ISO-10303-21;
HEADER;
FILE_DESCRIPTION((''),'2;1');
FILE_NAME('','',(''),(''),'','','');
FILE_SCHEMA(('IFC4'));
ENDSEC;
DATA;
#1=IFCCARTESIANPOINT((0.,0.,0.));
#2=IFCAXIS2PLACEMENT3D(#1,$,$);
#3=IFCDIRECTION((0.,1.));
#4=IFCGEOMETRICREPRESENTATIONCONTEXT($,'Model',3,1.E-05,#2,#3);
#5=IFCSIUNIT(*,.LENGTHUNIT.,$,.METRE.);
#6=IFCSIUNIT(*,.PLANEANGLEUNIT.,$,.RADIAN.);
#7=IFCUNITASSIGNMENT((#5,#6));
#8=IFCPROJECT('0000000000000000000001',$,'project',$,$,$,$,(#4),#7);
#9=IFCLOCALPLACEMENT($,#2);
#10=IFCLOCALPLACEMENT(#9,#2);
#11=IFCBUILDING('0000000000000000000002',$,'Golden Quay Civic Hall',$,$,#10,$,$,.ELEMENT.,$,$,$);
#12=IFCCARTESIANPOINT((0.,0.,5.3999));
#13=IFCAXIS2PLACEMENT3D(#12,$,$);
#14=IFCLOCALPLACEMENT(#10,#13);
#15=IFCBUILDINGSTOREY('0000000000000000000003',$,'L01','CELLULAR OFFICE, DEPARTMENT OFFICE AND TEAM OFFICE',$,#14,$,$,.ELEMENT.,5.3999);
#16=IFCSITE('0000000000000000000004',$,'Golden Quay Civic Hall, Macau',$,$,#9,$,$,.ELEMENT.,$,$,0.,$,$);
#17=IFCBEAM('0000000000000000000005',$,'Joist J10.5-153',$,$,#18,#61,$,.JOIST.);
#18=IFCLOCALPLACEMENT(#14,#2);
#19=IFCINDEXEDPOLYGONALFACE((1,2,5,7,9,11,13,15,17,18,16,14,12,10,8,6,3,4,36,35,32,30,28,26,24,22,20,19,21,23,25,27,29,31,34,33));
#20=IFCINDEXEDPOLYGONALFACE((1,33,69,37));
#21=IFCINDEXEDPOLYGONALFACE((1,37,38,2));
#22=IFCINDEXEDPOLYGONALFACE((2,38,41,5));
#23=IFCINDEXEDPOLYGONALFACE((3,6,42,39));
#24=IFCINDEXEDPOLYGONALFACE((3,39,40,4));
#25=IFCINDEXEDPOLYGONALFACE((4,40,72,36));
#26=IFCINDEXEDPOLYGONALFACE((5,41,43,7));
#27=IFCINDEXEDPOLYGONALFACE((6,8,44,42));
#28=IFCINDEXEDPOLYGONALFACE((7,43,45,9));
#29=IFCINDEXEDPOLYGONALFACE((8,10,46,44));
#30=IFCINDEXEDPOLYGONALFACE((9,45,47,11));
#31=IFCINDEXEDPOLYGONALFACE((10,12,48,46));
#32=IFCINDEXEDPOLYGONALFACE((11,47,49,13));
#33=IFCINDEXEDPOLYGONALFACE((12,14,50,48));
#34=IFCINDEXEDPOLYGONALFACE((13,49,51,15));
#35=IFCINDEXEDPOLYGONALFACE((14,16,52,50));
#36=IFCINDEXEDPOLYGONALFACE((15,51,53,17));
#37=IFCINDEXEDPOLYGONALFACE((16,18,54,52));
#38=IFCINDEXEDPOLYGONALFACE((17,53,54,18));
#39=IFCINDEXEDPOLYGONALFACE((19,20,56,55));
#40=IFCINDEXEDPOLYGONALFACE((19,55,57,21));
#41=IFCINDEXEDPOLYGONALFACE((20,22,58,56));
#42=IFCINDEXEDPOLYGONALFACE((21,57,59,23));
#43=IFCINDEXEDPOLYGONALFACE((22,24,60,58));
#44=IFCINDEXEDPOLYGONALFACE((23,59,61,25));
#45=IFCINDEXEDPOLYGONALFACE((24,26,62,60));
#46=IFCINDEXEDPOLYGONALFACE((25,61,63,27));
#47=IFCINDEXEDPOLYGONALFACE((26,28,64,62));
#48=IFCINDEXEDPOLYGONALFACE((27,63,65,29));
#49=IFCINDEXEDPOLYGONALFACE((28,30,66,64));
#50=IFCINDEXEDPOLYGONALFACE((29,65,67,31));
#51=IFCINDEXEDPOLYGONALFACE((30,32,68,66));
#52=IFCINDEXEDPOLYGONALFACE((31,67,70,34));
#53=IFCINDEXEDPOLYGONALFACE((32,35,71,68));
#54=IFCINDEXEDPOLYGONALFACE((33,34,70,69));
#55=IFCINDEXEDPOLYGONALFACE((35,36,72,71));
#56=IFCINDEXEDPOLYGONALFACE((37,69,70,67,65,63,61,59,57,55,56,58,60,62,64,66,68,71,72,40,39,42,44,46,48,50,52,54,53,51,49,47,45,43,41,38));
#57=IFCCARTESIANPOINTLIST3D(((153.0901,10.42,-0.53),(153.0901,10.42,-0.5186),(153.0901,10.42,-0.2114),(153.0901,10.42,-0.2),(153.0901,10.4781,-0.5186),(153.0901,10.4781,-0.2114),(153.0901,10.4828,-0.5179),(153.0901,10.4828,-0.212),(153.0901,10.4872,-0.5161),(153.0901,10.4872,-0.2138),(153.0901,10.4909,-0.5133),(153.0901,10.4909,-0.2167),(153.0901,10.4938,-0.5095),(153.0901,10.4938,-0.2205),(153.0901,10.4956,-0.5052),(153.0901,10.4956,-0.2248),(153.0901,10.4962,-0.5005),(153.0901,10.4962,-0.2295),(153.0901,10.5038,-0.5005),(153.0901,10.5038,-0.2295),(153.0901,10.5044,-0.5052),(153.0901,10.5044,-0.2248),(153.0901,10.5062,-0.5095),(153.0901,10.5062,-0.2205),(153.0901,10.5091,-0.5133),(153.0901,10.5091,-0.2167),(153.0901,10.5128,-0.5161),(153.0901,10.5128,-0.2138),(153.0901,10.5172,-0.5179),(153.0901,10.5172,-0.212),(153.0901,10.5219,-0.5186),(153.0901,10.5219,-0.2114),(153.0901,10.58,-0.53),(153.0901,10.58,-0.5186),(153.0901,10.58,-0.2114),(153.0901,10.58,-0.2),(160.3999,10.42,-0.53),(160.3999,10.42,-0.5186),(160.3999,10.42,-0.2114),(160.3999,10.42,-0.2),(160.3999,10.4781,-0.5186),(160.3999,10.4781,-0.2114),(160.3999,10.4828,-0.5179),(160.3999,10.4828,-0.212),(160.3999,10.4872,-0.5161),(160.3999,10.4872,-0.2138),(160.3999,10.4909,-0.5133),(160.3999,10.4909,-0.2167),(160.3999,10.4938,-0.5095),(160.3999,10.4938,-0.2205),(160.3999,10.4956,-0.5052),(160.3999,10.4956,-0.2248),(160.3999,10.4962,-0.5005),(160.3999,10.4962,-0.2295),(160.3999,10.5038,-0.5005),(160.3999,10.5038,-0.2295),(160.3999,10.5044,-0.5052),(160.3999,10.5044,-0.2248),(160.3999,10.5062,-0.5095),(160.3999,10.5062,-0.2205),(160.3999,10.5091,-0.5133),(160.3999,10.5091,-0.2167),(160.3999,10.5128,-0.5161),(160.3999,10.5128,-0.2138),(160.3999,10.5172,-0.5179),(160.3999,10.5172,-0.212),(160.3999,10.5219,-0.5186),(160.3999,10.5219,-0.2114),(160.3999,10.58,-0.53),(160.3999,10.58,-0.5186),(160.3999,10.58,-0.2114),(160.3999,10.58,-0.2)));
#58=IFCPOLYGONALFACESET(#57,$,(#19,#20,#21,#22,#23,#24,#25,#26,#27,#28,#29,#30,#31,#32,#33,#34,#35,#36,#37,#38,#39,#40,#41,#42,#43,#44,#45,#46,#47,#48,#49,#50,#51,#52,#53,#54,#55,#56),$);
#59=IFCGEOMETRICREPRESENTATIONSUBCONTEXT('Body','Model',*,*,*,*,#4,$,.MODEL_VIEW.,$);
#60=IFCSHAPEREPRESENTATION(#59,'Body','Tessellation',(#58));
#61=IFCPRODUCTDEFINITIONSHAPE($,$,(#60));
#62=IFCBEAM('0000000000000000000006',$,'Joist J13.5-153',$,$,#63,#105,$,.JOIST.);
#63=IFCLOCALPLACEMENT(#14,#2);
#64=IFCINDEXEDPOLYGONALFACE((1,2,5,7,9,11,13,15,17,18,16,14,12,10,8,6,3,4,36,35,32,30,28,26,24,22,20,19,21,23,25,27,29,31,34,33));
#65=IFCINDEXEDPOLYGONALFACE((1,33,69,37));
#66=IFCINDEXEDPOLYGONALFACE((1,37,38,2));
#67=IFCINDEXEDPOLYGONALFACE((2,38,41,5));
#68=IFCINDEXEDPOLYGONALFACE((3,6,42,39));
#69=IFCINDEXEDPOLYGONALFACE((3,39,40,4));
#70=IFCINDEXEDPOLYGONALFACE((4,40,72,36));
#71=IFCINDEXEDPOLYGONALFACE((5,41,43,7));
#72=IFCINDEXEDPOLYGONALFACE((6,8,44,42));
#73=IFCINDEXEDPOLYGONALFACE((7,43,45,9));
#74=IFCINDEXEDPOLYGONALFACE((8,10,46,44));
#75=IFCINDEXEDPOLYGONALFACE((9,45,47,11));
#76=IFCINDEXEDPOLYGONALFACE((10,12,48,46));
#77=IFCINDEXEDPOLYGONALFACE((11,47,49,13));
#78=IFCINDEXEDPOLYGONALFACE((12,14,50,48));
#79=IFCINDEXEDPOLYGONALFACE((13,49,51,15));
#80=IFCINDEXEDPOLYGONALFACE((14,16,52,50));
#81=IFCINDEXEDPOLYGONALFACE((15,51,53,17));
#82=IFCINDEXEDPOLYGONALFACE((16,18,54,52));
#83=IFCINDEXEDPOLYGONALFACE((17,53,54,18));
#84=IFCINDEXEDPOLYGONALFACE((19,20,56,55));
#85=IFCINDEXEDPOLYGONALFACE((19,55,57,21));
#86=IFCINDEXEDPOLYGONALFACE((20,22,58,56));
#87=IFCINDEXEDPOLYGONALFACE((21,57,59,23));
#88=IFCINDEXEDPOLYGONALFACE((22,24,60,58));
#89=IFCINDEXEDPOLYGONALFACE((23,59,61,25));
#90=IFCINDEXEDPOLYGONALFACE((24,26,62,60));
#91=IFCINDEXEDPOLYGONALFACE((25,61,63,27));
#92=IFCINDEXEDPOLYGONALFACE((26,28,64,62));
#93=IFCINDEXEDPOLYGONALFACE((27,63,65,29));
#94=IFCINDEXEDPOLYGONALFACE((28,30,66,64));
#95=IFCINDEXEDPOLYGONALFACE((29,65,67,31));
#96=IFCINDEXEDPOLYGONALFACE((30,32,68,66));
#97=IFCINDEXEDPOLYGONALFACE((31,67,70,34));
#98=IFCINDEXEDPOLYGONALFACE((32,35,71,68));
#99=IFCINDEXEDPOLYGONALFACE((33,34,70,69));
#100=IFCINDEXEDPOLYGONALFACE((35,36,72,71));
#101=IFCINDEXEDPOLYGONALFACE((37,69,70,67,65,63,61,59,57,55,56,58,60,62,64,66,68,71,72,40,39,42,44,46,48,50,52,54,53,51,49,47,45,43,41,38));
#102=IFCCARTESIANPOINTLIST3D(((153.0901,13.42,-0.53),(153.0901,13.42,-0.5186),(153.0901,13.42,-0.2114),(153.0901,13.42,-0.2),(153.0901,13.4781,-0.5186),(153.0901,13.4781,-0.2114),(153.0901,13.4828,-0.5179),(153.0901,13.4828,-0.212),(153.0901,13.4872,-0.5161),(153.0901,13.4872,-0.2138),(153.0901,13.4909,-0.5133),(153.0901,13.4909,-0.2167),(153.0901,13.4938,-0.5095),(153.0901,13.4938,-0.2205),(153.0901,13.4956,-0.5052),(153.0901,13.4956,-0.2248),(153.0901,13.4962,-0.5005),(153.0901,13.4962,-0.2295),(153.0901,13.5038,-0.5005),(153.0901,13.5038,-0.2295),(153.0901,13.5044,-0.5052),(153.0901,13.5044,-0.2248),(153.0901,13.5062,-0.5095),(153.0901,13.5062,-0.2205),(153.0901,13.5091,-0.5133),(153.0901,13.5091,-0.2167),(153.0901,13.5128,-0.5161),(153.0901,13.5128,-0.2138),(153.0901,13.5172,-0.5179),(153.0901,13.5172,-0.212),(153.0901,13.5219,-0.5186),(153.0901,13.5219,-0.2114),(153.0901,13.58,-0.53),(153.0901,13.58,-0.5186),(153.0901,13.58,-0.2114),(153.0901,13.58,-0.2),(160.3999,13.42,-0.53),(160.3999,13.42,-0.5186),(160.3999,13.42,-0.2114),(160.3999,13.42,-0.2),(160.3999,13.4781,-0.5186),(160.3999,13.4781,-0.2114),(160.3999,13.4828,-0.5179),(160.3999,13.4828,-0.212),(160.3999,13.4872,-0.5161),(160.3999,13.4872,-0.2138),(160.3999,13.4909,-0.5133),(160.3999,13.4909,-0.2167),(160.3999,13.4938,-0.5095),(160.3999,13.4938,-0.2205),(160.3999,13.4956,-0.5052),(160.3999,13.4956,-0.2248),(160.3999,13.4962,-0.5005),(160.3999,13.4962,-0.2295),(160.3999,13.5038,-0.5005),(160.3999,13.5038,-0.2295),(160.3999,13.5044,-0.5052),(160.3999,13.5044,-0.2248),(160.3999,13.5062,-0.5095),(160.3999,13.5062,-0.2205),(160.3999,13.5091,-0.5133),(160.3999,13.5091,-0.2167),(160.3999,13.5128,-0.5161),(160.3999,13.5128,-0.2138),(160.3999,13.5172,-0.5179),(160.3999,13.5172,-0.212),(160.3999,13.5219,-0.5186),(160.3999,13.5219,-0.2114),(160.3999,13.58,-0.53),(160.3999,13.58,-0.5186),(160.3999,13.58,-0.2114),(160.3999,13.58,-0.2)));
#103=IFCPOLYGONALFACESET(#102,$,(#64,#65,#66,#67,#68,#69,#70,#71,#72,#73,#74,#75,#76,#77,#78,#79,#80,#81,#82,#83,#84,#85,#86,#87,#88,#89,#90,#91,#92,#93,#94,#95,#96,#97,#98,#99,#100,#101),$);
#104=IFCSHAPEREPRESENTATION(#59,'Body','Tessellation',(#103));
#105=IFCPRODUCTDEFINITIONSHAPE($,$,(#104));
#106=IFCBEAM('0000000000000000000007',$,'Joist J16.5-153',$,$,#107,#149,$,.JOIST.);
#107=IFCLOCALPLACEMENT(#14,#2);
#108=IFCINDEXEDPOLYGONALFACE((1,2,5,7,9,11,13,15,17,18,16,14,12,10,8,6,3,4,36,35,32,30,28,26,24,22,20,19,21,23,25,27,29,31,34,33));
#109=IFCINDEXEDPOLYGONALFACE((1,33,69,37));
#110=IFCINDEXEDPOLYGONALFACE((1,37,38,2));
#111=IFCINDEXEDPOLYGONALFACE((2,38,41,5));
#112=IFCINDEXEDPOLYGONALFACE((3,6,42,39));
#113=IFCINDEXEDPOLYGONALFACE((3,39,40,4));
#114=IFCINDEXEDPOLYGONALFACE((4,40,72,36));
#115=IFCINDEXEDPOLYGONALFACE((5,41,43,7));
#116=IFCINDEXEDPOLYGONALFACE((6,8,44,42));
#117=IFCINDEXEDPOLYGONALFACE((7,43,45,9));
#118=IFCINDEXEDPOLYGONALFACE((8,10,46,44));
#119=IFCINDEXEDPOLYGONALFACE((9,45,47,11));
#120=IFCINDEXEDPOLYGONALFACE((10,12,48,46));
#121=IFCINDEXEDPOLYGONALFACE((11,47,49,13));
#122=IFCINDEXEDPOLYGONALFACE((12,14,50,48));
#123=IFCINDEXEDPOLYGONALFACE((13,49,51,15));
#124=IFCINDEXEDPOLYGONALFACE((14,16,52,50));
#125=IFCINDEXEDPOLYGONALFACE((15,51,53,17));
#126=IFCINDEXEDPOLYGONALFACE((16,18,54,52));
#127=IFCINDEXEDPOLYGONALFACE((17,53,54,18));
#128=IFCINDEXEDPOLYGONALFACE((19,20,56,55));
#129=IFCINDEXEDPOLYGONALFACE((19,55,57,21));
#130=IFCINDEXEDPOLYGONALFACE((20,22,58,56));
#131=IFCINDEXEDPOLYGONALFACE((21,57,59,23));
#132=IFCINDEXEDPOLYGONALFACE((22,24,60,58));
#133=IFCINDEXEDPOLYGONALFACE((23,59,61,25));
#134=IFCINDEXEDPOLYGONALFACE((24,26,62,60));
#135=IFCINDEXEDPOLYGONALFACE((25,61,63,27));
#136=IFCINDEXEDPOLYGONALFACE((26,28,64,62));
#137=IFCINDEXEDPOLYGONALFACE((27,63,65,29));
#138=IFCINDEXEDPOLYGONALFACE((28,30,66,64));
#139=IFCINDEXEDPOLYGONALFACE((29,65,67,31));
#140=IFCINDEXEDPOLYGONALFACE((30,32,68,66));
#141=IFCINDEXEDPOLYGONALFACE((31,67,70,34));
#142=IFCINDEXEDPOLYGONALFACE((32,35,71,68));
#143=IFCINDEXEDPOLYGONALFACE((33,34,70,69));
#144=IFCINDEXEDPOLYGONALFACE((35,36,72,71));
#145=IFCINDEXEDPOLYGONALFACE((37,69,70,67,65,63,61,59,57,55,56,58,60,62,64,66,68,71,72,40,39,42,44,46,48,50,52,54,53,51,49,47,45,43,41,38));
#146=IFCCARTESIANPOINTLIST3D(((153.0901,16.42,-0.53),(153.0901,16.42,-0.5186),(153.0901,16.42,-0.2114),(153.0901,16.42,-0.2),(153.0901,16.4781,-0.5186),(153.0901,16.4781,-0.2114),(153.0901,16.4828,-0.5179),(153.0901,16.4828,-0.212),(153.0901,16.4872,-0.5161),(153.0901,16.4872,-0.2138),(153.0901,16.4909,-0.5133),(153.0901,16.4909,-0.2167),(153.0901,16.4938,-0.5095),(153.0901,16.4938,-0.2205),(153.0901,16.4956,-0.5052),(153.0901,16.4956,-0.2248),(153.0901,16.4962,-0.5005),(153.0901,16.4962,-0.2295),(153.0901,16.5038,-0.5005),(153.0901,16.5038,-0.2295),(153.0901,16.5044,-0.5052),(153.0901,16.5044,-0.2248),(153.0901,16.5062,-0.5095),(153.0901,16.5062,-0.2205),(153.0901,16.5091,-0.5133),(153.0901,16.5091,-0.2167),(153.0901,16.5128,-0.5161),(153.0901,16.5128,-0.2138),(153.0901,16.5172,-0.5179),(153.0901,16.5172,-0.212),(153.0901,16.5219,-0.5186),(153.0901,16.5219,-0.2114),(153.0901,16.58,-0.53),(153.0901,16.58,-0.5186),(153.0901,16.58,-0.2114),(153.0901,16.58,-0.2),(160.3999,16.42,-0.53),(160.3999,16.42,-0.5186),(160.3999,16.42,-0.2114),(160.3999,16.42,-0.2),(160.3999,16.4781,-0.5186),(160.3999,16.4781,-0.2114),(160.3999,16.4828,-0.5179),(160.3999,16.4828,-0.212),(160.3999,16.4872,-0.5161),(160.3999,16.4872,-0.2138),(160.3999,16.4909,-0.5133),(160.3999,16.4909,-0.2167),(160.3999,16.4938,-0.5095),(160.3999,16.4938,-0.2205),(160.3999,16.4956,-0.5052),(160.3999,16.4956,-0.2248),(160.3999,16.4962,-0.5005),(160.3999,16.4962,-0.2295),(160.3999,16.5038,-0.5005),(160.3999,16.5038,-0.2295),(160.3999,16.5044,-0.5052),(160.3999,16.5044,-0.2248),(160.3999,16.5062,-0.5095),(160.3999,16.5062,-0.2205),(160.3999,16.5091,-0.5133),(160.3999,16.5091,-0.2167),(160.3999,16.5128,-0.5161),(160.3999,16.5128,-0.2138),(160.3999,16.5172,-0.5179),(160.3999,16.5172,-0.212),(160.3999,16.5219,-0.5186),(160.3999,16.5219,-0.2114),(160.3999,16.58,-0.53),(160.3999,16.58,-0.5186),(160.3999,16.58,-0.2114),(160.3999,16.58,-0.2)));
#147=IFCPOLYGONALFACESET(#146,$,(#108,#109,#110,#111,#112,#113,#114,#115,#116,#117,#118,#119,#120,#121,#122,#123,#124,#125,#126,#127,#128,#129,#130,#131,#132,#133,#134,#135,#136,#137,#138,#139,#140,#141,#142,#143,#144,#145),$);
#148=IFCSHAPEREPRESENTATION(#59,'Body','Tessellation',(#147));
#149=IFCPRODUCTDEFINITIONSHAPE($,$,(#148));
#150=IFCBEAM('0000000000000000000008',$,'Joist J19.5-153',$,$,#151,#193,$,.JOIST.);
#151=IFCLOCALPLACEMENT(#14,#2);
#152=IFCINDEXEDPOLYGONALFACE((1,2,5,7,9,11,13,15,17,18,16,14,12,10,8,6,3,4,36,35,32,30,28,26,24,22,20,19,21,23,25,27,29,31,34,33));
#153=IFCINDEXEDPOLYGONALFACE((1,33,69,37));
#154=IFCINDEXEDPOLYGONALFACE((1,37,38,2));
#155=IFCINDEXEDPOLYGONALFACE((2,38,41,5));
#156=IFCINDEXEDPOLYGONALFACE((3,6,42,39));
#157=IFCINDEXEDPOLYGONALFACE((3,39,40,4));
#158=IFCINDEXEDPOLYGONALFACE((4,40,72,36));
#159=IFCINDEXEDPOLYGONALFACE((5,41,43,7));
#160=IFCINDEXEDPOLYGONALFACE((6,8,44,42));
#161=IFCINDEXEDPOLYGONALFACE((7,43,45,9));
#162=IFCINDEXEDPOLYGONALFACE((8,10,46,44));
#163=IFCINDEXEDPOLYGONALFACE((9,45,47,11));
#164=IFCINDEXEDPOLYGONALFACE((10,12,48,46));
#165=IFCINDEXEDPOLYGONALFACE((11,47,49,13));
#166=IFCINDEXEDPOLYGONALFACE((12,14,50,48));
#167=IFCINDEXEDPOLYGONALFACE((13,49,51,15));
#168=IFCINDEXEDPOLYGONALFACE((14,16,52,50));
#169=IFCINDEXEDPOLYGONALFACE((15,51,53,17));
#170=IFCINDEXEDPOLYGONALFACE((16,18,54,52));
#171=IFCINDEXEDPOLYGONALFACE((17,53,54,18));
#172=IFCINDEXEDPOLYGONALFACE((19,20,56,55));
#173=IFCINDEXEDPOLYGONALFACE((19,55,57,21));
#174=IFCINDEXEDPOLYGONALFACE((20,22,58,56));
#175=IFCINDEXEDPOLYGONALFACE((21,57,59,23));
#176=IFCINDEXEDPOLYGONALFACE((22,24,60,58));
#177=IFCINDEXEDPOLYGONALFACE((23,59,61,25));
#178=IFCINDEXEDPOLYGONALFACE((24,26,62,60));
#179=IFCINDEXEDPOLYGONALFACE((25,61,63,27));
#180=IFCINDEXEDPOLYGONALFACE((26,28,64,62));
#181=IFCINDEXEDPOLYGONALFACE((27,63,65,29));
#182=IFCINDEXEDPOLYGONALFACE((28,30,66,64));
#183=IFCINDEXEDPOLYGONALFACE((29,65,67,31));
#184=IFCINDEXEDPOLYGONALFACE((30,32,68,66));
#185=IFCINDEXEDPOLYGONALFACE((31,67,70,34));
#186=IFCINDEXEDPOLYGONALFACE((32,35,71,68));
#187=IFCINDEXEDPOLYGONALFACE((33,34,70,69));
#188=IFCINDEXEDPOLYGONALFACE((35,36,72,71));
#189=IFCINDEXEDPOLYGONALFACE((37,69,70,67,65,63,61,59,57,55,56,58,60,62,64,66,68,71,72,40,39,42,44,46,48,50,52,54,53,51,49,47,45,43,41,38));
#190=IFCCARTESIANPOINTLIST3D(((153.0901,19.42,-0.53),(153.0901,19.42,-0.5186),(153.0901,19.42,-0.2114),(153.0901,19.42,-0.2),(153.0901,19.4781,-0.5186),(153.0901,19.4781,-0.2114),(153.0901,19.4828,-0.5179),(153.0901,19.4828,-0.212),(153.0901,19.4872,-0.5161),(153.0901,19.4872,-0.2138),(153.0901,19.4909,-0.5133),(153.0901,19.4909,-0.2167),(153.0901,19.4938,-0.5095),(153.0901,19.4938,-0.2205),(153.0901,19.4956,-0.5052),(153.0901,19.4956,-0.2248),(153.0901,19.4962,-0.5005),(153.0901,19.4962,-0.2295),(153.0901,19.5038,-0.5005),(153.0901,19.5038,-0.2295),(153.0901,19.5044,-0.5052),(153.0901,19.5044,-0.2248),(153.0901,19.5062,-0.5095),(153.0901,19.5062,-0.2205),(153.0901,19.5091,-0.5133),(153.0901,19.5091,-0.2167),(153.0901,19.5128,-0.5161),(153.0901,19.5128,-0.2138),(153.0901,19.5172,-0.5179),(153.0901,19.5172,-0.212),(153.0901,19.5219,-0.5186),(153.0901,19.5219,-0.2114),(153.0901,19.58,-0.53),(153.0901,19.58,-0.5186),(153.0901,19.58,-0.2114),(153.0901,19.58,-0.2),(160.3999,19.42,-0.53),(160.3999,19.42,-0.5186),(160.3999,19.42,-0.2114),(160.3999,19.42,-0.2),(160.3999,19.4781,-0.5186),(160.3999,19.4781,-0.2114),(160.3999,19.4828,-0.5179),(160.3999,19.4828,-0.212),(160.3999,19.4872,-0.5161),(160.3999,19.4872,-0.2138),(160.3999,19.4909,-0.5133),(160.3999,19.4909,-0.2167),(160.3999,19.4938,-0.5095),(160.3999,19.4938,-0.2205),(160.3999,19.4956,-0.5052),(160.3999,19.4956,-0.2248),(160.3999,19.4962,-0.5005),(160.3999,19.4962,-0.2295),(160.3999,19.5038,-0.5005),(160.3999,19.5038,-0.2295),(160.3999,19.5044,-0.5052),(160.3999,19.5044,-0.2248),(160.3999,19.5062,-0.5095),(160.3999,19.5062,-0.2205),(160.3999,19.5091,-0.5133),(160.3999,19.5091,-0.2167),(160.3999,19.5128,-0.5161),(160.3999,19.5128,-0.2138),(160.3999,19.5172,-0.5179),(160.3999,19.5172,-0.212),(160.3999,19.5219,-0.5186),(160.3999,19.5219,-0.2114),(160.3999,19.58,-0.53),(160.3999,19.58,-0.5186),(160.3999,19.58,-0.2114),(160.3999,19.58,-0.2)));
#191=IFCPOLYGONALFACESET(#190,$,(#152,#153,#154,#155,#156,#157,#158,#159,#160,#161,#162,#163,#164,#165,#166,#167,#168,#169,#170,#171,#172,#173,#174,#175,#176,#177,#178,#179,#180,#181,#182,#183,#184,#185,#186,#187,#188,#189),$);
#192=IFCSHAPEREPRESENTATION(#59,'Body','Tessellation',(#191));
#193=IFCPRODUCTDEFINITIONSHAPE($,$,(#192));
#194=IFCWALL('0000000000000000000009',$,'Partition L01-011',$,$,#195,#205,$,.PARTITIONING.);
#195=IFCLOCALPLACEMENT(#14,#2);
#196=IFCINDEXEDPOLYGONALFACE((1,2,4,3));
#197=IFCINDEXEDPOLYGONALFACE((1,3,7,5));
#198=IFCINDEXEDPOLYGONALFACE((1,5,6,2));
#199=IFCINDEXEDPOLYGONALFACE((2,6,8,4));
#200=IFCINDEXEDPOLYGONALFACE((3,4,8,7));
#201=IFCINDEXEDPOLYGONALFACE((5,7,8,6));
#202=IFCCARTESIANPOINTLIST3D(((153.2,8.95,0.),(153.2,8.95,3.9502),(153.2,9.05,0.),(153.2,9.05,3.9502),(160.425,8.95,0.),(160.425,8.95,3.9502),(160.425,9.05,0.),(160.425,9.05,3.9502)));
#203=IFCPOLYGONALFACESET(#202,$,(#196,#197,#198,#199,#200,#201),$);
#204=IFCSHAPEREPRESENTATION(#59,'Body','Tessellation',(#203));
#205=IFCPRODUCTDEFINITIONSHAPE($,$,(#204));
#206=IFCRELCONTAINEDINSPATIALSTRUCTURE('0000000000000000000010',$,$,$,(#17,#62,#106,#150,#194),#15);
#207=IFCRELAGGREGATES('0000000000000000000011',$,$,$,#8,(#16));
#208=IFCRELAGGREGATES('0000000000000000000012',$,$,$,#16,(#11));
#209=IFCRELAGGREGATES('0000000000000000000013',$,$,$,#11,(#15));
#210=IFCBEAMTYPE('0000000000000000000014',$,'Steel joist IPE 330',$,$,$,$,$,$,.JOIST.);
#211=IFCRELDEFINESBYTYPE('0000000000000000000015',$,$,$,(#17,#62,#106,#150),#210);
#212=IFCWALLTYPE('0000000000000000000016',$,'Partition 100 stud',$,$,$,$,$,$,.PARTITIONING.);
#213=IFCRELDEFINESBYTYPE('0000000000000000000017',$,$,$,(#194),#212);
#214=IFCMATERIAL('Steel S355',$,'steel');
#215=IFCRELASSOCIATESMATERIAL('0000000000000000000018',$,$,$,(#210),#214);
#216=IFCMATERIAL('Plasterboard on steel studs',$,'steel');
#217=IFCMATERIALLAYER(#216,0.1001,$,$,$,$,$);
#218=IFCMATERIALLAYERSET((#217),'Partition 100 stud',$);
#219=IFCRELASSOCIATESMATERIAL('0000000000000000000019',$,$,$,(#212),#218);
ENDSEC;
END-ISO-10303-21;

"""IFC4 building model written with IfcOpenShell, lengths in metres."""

from ifc_helpers import new_model, si_unit, direction, frame, frame_2d, origin, origin_2d, place, context, subcontext, project, spatial, rectangle, i_section, extrude, material, layer, layer_set, material_profile, profile_set, type_object, element, save


model = new_model("IFC4")

# Units and contexts
model_context = context("Model", 3, precision=1e-05, world=origin(), true_north=direction((0.0, 1.0)))
body_context = subcontext(model_context, "Body", "Model", "MODEL_VIEW")
ifc_project = project(units=[si_unit("LENGTHUNIT", "METRE"), si_unit("PLANEANGLEUNIT", "RADIAN")], contexts=[model_context])

# Site, building, storey
site_placement = place(None, origin())
site = spatial("IfcSite", under=ifc_project, at=site_placement, Name="Golden Quay Civic Hall, Macau", CompositionType="ELEMENT", RefElevation=0.0)
building_placement = place(site_placement, origin())
building = spatial("IfcBuilding", under=site, at=building_placement, Name="Golden Quay Civic Hall", CompositionType="ELEMENT")
storey_placement = place(building_placement, frame((0.0, 0.0, 5.3999)))
storey = spatial("IfcBuildingStorey", under=building, at=storey_placement, Name="L01", Description="CELLULAR OFFICE, DEPARTMENT OFFICE AND TEAM OFFICE", CompositionType="ELEMENT", Elevation=5.3999)

# Beams
ifc_material_1 = material(Name="Steel S355", Category="steel")
ifc_material_profile_1 = material_profile(ifc_material_1, i_section(OverallWidth=0.1599, OverallDepth=0.3301, WebThickness=0.0076, FlangeThickness=0.0115, FilletRadius=0.0181, at=origin_2d()), Name="IPE 330")
ifc_profile_set_1 = profile_set([ifc_material_profile_1], Name="Steel S355")
beam_type_1 = type_object("IfcBeamType", Name="Steel joist IPE 330", PredefinedType="JOIST", material=ifc_profile_set_1)
for number, where, z_axis, x_axis, name in (
    (1, (153.0901, 10.5, -0.365), (1.0, 0.0, 0.0), (0.0, 1.0, 0.0), "Joist J10.5-153"),
    (2, (153.0901, 13.5, -0.365), (1.0, 0.0, 0.0), (0.0, 1.0, 0.0), "Joist J13.5-153"),
    (3, (153.0901, 16.5, -0.365), (1.0, 0.0, 0.0), (0.0, 1.0, 0.0), "Joist J16.5-153"),
    (4, (153.0901, 19.5, -0.365), (1.0, 0.0, 0.0), (0.0, 1.0, 0.0), "Joist J19.5-153"),
):
    element("IfcBeam", number, at=place(storey_placement, frame(where, z_axis=z_axis, x_axis=x_axis)), inside=storey, type_object=beam_type_1, Name=name, PredefinedType="JOIST", context=body_context, shape_type="SweptSolid", body=[
        extrude(i_section(OverallWidth=0.1599, OverallDepth=0.3301, WebThickness=0.0076, FlangeThickness=0.0115, FilletRadius=0.0181, at=origin_2d()), origin(), (0.0, 0.0, 1.0), 7.3098),
    ])

# Wall
ifc_material_2 = material(Name="Plasterboard on steel studs", Category="steel")
ifc_layer = layer(ifc_material_2, 0.1001)
ifc_layer_set = layer_set([ifc_layer], Name="Partition 100 stud")
wall_type = type_object("IfcWallType", Name="Partition 100 stud", PredefinedType="PARTITIONING", material=ifc_layer_set)
wall_1_placement = place(storey_placement, frame((153.2, 9.0, 0.0), z_axis=(0.0, 0.0, 1.0), x_axis=(1.0, 0.0, 0.0)))
element("IfcWall", 5, at=wall_1_placement, inside=storey, type_object=wall_type, Name="Partition L01-011", PredefinedType="PARTITIONING", context=body_context, shape_type="SweptSolid", body=[
    extrude(rectangle(XDim=7.2251, YDim=0.1001, at=frame_2d((3.6125, 0.0))), origin(), (0.0, 0.0, 1.0), 3.9502),
])

save(model, "model.ifc")
